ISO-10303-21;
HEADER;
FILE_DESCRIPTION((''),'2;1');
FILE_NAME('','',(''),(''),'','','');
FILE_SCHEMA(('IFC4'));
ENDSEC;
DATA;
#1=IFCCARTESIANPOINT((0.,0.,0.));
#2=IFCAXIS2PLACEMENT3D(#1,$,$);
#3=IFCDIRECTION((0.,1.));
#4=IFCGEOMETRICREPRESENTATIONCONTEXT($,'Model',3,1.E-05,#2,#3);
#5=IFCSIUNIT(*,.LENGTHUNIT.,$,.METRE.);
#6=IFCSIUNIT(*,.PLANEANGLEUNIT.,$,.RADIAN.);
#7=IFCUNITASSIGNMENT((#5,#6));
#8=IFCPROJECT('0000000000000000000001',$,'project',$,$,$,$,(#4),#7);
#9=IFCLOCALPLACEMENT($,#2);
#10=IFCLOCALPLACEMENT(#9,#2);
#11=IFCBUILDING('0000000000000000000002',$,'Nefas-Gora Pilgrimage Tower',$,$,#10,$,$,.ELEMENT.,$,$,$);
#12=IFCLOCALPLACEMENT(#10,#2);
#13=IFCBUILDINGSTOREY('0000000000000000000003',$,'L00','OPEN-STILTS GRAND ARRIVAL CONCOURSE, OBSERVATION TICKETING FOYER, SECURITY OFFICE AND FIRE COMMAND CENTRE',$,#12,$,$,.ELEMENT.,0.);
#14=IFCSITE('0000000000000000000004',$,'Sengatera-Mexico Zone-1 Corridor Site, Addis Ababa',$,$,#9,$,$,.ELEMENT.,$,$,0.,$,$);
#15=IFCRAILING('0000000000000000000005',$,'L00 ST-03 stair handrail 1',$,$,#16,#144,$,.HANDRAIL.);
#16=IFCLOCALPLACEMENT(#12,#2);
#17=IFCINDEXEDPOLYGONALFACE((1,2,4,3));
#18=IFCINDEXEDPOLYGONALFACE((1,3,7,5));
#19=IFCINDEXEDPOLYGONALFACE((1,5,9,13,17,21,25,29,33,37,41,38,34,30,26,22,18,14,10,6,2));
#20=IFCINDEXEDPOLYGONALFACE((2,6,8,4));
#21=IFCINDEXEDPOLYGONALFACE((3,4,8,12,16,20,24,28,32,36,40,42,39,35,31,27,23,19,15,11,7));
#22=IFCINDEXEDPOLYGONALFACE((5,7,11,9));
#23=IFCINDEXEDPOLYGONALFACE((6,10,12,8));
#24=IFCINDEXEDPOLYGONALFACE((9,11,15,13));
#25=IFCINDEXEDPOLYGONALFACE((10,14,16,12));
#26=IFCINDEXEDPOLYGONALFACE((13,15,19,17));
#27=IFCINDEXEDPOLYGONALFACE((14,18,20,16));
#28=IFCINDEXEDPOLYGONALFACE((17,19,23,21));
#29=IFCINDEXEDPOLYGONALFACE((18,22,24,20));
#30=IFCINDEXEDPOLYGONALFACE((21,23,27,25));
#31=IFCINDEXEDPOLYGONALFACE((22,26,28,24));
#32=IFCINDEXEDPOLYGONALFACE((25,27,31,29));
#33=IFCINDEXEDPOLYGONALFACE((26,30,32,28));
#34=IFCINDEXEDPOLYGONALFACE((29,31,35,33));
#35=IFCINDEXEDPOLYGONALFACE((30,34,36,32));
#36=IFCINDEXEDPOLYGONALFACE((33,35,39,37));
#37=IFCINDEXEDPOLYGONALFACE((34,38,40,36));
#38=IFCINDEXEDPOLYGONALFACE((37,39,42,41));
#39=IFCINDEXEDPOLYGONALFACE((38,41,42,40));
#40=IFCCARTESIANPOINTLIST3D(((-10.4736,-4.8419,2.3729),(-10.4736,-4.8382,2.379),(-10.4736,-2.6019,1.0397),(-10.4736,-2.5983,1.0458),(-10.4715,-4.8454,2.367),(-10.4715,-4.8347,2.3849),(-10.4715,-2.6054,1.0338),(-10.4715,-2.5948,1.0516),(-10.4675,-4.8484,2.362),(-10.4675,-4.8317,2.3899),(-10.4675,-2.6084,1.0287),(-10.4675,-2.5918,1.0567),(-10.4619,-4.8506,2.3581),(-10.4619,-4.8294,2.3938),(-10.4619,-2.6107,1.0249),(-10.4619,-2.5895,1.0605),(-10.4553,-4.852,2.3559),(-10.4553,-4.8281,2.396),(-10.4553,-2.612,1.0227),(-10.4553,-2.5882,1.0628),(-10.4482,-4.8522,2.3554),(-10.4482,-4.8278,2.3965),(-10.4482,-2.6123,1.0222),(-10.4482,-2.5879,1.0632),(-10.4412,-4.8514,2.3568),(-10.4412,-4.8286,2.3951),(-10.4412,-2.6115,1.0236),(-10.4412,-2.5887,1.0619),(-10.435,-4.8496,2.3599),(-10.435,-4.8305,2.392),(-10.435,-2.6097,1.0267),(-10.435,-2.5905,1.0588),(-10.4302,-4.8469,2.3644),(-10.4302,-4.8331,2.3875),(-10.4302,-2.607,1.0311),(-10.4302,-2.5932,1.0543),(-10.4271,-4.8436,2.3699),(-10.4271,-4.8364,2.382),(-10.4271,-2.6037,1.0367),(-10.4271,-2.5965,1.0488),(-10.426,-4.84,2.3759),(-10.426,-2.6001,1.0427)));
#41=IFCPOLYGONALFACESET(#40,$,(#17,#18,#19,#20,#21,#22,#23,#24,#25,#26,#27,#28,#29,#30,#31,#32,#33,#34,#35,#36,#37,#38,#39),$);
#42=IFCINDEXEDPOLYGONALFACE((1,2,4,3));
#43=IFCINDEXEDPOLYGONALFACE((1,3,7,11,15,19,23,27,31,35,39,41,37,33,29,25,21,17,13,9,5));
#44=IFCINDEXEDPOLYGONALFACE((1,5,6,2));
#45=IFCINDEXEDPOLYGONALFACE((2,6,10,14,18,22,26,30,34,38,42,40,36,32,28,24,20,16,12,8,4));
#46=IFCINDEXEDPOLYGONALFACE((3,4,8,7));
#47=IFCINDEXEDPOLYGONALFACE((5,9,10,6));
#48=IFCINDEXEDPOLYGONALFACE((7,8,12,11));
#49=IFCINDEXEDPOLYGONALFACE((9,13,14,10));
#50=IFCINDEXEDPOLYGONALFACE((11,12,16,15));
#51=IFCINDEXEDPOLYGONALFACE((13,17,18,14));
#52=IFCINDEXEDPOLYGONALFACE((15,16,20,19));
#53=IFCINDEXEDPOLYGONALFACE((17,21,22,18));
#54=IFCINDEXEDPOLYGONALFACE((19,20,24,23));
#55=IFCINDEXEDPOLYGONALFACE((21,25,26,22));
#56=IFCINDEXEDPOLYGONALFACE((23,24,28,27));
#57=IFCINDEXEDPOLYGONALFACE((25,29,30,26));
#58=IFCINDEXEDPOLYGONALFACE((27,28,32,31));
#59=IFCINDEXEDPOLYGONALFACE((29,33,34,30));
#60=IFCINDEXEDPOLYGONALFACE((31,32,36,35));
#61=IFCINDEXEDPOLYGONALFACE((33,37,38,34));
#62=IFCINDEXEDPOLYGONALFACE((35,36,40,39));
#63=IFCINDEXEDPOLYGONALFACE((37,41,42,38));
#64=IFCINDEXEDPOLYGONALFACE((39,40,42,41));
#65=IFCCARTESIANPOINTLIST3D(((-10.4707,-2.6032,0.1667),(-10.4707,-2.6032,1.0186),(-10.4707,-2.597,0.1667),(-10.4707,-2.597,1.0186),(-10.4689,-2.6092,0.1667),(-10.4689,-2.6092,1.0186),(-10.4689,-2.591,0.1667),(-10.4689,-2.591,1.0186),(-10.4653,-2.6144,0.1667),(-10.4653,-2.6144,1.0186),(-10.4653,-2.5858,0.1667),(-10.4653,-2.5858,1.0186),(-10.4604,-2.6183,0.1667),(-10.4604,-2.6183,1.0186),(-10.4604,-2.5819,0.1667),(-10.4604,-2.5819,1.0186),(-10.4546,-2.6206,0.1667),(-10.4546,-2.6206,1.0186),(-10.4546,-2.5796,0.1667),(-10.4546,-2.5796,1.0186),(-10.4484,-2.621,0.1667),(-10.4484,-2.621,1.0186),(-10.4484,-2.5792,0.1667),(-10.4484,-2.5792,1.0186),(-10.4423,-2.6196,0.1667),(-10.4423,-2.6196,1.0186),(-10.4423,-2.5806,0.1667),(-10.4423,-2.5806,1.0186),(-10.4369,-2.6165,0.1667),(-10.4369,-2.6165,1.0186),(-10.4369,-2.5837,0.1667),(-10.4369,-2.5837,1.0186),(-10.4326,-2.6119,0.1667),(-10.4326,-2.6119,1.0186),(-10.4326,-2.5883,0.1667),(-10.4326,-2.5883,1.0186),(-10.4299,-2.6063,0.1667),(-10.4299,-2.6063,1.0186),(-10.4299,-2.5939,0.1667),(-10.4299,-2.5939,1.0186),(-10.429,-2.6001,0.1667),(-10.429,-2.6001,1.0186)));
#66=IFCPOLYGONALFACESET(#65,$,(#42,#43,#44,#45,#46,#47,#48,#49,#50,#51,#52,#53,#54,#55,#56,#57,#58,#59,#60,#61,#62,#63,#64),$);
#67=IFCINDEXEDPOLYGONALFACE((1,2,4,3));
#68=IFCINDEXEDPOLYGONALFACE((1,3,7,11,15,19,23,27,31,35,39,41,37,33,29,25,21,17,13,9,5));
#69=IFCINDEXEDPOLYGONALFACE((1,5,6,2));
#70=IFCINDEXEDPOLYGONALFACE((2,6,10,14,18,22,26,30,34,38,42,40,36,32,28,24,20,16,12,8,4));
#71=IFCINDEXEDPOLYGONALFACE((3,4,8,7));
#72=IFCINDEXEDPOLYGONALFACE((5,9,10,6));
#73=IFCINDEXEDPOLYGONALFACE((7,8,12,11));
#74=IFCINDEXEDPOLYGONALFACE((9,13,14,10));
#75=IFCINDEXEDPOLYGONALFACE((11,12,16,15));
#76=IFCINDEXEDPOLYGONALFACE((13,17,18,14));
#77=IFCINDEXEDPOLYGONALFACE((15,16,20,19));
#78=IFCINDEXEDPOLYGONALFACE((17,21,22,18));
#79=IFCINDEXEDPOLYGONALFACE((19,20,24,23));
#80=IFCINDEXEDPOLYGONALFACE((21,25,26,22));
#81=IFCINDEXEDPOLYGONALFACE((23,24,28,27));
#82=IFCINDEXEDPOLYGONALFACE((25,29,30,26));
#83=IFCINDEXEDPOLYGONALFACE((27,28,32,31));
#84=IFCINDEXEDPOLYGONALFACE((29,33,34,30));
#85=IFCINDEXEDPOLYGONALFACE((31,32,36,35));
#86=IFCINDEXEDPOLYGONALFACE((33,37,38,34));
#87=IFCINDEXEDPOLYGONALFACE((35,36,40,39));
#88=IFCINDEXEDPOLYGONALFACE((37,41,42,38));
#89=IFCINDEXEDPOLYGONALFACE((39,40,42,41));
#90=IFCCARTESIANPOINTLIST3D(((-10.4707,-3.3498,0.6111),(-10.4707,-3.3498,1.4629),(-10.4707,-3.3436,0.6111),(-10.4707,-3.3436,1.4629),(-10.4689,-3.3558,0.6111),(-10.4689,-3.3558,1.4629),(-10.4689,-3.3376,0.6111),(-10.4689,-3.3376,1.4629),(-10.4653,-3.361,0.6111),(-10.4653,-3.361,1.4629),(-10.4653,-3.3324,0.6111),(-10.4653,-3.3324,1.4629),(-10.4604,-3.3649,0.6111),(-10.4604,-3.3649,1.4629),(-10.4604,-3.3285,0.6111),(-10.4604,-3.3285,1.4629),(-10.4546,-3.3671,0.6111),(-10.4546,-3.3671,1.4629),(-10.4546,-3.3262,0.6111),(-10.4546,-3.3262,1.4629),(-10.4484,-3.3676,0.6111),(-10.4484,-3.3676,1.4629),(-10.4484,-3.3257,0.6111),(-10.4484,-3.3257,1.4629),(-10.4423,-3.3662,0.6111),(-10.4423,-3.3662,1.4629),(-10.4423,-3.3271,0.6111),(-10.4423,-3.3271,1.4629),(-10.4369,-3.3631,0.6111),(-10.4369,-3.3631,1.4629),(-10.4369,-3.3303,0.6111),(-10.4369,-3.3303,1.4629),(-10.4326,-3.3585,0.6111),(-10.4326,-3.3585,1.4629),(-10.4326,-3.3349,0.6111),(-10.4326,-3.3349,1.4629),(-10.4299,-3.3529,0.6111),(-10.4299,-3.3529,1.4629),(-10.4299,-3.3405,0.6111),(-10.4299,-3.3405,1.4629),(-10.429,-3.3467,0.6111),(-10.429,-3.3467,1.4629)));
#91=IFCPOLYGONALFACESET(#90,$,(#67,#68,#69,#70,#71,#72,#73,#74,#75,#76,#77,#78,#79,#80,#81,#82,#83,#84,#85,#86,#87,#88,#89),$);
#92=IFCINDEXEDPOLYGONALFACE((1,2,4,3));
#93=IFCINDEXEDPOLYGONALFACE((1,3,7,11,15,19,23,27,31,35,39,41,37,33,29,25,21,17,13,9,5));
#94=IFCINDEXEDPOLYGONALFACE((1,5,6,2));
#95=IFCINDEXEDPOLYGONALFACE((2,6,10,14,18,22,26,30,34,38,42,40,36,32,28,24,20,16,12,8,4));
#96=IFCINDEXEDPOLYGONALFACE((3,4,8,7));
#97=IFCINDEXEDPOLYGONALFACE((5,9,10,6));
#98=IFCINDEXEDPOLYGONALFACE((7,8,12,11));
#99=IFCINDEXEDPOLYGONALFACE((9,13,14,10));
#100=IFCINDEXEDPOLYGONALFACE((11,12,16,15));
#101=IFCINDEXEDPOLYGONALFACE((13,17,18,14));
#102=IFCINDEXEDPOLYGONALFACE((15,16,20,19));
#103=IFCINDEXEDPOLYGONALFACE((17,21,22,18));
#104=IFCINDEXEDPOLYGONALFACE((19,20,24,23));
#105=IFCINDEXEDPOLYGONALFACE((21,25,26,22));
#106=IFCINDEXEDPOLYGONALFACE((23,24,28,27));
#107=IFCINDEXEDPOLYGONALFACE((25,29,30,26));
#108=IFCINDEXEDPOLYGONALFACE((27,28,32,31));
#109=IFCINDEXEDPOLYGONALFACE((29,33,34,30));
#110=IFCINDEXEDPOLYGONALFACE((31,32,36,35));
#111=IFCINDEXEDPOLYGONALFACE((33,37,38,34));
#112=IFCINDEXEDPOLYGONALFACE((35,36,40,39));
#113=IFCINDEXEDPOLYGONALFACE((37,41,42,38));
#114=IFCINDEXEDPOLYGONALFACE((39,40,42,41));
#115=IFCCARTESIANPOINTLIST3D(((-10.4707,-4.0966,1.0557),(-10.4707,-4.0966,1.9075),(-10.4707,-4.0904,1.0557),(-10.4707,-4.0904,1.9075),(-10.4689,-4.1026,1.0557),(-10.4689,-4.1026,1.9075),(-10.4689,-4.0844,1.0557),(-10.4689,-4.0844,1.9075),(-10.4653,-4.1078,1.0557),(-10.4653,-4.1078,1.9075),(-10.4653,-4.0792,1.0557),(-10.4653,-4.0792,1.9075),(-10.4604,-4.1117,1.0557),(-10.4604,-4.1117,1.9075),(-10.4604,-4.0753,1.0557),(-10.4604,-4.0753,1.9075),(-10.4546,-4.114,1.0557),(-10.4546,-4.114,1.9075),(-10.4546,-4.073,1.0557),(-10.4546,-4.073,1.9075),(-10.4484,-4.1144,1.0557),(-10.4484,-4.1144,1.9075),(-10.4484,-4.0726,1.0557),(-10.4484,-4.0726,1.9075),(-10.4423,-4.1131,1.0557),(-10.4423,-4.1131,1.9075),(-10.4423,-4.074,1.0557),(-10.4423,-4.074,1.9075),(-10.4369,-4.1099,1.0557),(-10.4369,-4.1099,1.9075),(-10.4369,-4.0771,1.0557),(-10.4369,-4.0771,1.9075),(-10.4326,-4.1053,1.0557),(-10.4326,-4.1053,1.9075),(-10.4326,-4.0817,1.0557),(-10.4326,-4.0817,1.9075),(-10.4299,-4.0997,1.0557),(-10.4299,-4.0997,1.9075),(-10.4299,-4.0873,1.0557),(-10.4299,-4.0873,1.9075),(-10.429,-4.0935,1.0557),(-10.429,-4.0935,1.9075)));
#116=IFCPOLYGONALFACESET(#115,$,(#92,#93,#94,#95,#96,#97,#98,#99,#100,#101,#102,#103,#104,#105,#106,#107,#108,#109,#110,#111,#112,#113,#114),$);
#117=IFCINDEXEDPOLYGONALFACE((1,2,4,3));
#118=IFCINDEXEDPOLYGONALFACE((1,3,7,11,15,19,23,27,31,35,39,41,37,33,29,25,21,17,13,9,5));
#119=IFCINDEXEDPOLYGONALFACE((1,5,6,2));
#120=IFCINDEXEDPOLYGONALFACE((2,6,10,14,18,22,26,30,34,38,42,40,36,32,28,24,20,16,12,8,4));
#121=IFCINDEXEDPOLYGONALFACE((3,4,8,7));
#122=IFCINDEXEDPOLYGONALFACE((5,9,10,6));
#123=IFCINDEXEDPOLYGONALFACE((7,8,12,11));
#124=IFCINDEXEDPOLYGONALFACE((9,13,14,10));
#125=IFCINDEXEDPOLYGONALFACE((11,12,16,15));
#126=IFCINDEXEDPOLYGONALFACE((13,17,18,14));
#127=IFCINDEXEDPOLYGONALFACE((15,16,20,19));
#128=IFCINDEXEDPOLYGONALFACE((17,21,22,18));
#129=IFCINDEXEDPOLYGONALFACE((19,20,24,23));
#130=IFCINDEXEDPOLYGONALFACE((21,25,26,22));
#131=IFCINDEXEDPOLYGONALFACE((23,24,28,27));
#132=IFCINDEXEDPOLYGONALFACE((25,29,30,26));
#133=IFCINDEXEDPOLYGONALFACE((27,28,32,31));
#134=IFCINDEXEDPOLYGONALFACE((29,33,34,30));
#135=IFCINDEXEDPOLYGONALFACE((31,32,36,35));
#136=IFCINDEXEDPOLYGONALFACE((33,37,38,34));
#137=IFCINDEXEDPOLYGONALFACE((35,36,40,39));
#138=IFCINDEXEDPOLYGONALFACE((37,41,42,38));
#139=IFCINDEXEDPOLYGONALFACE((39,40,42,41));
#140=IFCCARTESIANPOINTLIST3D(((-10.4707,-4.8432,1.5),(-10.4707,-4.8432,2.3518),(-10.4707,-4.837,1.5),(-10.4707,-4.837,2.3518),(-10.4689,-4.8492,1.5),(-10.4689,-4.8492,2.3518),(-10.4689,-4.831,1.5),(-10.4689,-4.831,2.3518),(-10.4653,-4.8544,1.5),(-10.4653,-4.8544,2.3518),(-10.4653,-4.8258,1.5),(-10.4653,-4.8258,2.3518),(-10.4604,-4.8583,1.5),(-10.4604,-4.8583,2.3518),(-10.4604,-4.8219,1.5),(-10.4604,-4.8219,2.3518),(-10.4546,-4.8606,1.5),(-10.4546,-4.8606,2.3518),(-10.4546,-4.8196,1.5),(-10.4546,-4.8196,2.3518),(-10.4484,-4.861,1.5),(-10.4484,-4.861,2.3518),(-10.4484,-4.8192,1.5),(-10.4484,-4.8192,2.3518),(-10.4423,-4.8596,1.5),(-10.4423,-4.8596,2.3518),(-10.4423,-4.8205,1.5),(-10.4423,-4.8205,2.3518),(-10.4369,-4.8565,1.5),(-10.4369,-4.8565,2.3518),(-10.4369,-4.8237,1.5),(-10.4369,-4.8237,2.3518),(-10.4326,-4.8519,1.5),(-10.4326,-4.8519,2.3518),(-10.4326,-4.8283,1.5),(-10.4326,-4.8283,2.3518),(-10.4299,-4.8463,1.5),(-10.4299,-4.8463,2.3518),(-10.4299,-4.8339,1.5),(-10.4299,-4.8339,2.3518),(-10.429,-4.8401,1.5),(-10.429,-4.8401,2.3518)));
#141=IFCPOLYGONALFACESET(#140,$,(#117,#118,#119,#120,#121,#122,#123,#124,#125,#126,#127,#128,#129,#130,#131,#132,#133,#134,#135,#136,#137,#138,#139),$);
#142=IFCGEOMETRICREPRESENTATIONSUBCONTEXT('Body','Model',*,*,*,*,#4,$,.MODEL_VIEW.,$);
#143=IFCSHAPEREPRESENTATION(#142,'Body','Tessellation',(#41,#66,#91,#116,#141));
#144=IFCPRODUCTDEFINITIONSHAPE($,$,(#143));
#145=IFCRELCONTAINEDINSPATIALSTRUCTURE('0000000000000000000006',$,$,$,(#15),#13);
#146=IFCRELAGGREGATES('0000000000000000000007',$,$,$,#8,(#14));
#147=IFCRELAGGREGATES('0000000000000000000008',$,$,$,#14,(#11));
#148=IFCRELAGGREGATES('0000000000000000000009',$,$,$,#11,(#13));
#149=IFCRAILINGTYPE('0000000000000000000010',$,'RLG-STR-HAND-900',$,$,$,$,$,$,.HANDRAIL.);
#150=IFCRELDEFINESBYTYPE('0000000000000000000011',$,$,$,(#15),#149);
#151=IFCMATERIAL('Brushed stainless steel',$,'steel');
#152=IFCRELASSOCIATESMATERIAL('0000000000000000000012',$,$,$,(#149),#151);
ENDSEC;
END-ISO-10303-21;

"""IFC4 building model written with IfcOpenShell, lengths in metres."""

from ifc_helpers import new_model, si_unit, direction, frame, origin, origin_2d, place, context, subcontext, project, spatial, circle, extrude, material, type_object, element, save


model = new_model("IFC4")

# Units and contexts
model_context = context("Model", 3, precision=1e-05, world=origin(), true_north=direction((0.0, 1.0)))
body_context = subcontext(model_context, "Body", "Model", "MODEL_VIEW")
ifc_project = project(units=[si_unit("LENGTHUNIT", "METRE"), si_unit("PLANEANGLEUNIT", "RADIAN")], contexts=[model_context])

# Site, building, storey
site_placement = place(None, origin())
site = spatial("IfcSite", under=ifc_project, at=site_placement, Name="Sengatera-Mexico Zone-1 Corridor Site, Addis Ababa", CompositionType="ELEMENT", RefElevation=0.0)
building_placement = place(site_placement, origin())
building = spatial("IfcBuilding", under=site, at=building_placement, Name="Nefas-Gora Pilgrimage Tower", CompositionType="ELEMENT")
storey_placement = place(building_placement, origin())
storey = spatial("IfcBuildingStorey", under=building, at=storey_placement, Name="L00", Description="OPEN-STILTS GRAND ARRIVAL CONCOURSE, OBSERVATION TICKETING FOYER, SECURITY OFFICE AND FIRE COMMAND CENTRE", CompositionType="ELEMENT", Elevation=0.0)

# Railing
ifc_material_1 = material(Name="Brushed stainless steel", Category="steel")
railing_type_1 = type_object("IfcRailingType", Name="RLG-STR-HAND-900", PredefinedType="HANDRAIL", material=ifc_material_1)
railing_1_placement = place(storey_placement, frame((-10.45, -2.6001, 0.1667)))
element("IfcRailing", 1, at=railing_1_placement, inside=storey, type_object=railing_type_1, Name="L00 ST-03 stair handrail 1", PredefinedType="HANDRAIL", context=body_context, shape_type="SweptSolid", body=[
    extrude(circle(Radius=0.0239, at=origin_2d()), frame((0.0, 0.0, 0.876), z_axis=(0.0, -0.859306, 0.511462), x_axis=(1.0, 0.0, 0.0)), (0.0, 0.0, 1.0), 2.6067),
    extrude(circle(Radius=0.021, at=origin_2d()), origin(), (0.0, 0.0, 1.0), 0.8518),
    extrude(circle(Radius=0.021, at=origin_2d()), frame((0.0, -0.7466, 0.4443)), (0.0, 0.0, 1.0), 0.8518),
    extrude(circle(Radius=0.021, at=origin_2d()), frame((0.0, -1.4934, 0.8889)), (0.0, 0.0, 1.0), 0.8518),
    extrude(circle(Radius=0.021, at=origin_2d()), frame((0.0, -2.24, 1.3333)), (0.0, 0.0, 1.0), 0.8518),
])

save(model, "model.ifc")
